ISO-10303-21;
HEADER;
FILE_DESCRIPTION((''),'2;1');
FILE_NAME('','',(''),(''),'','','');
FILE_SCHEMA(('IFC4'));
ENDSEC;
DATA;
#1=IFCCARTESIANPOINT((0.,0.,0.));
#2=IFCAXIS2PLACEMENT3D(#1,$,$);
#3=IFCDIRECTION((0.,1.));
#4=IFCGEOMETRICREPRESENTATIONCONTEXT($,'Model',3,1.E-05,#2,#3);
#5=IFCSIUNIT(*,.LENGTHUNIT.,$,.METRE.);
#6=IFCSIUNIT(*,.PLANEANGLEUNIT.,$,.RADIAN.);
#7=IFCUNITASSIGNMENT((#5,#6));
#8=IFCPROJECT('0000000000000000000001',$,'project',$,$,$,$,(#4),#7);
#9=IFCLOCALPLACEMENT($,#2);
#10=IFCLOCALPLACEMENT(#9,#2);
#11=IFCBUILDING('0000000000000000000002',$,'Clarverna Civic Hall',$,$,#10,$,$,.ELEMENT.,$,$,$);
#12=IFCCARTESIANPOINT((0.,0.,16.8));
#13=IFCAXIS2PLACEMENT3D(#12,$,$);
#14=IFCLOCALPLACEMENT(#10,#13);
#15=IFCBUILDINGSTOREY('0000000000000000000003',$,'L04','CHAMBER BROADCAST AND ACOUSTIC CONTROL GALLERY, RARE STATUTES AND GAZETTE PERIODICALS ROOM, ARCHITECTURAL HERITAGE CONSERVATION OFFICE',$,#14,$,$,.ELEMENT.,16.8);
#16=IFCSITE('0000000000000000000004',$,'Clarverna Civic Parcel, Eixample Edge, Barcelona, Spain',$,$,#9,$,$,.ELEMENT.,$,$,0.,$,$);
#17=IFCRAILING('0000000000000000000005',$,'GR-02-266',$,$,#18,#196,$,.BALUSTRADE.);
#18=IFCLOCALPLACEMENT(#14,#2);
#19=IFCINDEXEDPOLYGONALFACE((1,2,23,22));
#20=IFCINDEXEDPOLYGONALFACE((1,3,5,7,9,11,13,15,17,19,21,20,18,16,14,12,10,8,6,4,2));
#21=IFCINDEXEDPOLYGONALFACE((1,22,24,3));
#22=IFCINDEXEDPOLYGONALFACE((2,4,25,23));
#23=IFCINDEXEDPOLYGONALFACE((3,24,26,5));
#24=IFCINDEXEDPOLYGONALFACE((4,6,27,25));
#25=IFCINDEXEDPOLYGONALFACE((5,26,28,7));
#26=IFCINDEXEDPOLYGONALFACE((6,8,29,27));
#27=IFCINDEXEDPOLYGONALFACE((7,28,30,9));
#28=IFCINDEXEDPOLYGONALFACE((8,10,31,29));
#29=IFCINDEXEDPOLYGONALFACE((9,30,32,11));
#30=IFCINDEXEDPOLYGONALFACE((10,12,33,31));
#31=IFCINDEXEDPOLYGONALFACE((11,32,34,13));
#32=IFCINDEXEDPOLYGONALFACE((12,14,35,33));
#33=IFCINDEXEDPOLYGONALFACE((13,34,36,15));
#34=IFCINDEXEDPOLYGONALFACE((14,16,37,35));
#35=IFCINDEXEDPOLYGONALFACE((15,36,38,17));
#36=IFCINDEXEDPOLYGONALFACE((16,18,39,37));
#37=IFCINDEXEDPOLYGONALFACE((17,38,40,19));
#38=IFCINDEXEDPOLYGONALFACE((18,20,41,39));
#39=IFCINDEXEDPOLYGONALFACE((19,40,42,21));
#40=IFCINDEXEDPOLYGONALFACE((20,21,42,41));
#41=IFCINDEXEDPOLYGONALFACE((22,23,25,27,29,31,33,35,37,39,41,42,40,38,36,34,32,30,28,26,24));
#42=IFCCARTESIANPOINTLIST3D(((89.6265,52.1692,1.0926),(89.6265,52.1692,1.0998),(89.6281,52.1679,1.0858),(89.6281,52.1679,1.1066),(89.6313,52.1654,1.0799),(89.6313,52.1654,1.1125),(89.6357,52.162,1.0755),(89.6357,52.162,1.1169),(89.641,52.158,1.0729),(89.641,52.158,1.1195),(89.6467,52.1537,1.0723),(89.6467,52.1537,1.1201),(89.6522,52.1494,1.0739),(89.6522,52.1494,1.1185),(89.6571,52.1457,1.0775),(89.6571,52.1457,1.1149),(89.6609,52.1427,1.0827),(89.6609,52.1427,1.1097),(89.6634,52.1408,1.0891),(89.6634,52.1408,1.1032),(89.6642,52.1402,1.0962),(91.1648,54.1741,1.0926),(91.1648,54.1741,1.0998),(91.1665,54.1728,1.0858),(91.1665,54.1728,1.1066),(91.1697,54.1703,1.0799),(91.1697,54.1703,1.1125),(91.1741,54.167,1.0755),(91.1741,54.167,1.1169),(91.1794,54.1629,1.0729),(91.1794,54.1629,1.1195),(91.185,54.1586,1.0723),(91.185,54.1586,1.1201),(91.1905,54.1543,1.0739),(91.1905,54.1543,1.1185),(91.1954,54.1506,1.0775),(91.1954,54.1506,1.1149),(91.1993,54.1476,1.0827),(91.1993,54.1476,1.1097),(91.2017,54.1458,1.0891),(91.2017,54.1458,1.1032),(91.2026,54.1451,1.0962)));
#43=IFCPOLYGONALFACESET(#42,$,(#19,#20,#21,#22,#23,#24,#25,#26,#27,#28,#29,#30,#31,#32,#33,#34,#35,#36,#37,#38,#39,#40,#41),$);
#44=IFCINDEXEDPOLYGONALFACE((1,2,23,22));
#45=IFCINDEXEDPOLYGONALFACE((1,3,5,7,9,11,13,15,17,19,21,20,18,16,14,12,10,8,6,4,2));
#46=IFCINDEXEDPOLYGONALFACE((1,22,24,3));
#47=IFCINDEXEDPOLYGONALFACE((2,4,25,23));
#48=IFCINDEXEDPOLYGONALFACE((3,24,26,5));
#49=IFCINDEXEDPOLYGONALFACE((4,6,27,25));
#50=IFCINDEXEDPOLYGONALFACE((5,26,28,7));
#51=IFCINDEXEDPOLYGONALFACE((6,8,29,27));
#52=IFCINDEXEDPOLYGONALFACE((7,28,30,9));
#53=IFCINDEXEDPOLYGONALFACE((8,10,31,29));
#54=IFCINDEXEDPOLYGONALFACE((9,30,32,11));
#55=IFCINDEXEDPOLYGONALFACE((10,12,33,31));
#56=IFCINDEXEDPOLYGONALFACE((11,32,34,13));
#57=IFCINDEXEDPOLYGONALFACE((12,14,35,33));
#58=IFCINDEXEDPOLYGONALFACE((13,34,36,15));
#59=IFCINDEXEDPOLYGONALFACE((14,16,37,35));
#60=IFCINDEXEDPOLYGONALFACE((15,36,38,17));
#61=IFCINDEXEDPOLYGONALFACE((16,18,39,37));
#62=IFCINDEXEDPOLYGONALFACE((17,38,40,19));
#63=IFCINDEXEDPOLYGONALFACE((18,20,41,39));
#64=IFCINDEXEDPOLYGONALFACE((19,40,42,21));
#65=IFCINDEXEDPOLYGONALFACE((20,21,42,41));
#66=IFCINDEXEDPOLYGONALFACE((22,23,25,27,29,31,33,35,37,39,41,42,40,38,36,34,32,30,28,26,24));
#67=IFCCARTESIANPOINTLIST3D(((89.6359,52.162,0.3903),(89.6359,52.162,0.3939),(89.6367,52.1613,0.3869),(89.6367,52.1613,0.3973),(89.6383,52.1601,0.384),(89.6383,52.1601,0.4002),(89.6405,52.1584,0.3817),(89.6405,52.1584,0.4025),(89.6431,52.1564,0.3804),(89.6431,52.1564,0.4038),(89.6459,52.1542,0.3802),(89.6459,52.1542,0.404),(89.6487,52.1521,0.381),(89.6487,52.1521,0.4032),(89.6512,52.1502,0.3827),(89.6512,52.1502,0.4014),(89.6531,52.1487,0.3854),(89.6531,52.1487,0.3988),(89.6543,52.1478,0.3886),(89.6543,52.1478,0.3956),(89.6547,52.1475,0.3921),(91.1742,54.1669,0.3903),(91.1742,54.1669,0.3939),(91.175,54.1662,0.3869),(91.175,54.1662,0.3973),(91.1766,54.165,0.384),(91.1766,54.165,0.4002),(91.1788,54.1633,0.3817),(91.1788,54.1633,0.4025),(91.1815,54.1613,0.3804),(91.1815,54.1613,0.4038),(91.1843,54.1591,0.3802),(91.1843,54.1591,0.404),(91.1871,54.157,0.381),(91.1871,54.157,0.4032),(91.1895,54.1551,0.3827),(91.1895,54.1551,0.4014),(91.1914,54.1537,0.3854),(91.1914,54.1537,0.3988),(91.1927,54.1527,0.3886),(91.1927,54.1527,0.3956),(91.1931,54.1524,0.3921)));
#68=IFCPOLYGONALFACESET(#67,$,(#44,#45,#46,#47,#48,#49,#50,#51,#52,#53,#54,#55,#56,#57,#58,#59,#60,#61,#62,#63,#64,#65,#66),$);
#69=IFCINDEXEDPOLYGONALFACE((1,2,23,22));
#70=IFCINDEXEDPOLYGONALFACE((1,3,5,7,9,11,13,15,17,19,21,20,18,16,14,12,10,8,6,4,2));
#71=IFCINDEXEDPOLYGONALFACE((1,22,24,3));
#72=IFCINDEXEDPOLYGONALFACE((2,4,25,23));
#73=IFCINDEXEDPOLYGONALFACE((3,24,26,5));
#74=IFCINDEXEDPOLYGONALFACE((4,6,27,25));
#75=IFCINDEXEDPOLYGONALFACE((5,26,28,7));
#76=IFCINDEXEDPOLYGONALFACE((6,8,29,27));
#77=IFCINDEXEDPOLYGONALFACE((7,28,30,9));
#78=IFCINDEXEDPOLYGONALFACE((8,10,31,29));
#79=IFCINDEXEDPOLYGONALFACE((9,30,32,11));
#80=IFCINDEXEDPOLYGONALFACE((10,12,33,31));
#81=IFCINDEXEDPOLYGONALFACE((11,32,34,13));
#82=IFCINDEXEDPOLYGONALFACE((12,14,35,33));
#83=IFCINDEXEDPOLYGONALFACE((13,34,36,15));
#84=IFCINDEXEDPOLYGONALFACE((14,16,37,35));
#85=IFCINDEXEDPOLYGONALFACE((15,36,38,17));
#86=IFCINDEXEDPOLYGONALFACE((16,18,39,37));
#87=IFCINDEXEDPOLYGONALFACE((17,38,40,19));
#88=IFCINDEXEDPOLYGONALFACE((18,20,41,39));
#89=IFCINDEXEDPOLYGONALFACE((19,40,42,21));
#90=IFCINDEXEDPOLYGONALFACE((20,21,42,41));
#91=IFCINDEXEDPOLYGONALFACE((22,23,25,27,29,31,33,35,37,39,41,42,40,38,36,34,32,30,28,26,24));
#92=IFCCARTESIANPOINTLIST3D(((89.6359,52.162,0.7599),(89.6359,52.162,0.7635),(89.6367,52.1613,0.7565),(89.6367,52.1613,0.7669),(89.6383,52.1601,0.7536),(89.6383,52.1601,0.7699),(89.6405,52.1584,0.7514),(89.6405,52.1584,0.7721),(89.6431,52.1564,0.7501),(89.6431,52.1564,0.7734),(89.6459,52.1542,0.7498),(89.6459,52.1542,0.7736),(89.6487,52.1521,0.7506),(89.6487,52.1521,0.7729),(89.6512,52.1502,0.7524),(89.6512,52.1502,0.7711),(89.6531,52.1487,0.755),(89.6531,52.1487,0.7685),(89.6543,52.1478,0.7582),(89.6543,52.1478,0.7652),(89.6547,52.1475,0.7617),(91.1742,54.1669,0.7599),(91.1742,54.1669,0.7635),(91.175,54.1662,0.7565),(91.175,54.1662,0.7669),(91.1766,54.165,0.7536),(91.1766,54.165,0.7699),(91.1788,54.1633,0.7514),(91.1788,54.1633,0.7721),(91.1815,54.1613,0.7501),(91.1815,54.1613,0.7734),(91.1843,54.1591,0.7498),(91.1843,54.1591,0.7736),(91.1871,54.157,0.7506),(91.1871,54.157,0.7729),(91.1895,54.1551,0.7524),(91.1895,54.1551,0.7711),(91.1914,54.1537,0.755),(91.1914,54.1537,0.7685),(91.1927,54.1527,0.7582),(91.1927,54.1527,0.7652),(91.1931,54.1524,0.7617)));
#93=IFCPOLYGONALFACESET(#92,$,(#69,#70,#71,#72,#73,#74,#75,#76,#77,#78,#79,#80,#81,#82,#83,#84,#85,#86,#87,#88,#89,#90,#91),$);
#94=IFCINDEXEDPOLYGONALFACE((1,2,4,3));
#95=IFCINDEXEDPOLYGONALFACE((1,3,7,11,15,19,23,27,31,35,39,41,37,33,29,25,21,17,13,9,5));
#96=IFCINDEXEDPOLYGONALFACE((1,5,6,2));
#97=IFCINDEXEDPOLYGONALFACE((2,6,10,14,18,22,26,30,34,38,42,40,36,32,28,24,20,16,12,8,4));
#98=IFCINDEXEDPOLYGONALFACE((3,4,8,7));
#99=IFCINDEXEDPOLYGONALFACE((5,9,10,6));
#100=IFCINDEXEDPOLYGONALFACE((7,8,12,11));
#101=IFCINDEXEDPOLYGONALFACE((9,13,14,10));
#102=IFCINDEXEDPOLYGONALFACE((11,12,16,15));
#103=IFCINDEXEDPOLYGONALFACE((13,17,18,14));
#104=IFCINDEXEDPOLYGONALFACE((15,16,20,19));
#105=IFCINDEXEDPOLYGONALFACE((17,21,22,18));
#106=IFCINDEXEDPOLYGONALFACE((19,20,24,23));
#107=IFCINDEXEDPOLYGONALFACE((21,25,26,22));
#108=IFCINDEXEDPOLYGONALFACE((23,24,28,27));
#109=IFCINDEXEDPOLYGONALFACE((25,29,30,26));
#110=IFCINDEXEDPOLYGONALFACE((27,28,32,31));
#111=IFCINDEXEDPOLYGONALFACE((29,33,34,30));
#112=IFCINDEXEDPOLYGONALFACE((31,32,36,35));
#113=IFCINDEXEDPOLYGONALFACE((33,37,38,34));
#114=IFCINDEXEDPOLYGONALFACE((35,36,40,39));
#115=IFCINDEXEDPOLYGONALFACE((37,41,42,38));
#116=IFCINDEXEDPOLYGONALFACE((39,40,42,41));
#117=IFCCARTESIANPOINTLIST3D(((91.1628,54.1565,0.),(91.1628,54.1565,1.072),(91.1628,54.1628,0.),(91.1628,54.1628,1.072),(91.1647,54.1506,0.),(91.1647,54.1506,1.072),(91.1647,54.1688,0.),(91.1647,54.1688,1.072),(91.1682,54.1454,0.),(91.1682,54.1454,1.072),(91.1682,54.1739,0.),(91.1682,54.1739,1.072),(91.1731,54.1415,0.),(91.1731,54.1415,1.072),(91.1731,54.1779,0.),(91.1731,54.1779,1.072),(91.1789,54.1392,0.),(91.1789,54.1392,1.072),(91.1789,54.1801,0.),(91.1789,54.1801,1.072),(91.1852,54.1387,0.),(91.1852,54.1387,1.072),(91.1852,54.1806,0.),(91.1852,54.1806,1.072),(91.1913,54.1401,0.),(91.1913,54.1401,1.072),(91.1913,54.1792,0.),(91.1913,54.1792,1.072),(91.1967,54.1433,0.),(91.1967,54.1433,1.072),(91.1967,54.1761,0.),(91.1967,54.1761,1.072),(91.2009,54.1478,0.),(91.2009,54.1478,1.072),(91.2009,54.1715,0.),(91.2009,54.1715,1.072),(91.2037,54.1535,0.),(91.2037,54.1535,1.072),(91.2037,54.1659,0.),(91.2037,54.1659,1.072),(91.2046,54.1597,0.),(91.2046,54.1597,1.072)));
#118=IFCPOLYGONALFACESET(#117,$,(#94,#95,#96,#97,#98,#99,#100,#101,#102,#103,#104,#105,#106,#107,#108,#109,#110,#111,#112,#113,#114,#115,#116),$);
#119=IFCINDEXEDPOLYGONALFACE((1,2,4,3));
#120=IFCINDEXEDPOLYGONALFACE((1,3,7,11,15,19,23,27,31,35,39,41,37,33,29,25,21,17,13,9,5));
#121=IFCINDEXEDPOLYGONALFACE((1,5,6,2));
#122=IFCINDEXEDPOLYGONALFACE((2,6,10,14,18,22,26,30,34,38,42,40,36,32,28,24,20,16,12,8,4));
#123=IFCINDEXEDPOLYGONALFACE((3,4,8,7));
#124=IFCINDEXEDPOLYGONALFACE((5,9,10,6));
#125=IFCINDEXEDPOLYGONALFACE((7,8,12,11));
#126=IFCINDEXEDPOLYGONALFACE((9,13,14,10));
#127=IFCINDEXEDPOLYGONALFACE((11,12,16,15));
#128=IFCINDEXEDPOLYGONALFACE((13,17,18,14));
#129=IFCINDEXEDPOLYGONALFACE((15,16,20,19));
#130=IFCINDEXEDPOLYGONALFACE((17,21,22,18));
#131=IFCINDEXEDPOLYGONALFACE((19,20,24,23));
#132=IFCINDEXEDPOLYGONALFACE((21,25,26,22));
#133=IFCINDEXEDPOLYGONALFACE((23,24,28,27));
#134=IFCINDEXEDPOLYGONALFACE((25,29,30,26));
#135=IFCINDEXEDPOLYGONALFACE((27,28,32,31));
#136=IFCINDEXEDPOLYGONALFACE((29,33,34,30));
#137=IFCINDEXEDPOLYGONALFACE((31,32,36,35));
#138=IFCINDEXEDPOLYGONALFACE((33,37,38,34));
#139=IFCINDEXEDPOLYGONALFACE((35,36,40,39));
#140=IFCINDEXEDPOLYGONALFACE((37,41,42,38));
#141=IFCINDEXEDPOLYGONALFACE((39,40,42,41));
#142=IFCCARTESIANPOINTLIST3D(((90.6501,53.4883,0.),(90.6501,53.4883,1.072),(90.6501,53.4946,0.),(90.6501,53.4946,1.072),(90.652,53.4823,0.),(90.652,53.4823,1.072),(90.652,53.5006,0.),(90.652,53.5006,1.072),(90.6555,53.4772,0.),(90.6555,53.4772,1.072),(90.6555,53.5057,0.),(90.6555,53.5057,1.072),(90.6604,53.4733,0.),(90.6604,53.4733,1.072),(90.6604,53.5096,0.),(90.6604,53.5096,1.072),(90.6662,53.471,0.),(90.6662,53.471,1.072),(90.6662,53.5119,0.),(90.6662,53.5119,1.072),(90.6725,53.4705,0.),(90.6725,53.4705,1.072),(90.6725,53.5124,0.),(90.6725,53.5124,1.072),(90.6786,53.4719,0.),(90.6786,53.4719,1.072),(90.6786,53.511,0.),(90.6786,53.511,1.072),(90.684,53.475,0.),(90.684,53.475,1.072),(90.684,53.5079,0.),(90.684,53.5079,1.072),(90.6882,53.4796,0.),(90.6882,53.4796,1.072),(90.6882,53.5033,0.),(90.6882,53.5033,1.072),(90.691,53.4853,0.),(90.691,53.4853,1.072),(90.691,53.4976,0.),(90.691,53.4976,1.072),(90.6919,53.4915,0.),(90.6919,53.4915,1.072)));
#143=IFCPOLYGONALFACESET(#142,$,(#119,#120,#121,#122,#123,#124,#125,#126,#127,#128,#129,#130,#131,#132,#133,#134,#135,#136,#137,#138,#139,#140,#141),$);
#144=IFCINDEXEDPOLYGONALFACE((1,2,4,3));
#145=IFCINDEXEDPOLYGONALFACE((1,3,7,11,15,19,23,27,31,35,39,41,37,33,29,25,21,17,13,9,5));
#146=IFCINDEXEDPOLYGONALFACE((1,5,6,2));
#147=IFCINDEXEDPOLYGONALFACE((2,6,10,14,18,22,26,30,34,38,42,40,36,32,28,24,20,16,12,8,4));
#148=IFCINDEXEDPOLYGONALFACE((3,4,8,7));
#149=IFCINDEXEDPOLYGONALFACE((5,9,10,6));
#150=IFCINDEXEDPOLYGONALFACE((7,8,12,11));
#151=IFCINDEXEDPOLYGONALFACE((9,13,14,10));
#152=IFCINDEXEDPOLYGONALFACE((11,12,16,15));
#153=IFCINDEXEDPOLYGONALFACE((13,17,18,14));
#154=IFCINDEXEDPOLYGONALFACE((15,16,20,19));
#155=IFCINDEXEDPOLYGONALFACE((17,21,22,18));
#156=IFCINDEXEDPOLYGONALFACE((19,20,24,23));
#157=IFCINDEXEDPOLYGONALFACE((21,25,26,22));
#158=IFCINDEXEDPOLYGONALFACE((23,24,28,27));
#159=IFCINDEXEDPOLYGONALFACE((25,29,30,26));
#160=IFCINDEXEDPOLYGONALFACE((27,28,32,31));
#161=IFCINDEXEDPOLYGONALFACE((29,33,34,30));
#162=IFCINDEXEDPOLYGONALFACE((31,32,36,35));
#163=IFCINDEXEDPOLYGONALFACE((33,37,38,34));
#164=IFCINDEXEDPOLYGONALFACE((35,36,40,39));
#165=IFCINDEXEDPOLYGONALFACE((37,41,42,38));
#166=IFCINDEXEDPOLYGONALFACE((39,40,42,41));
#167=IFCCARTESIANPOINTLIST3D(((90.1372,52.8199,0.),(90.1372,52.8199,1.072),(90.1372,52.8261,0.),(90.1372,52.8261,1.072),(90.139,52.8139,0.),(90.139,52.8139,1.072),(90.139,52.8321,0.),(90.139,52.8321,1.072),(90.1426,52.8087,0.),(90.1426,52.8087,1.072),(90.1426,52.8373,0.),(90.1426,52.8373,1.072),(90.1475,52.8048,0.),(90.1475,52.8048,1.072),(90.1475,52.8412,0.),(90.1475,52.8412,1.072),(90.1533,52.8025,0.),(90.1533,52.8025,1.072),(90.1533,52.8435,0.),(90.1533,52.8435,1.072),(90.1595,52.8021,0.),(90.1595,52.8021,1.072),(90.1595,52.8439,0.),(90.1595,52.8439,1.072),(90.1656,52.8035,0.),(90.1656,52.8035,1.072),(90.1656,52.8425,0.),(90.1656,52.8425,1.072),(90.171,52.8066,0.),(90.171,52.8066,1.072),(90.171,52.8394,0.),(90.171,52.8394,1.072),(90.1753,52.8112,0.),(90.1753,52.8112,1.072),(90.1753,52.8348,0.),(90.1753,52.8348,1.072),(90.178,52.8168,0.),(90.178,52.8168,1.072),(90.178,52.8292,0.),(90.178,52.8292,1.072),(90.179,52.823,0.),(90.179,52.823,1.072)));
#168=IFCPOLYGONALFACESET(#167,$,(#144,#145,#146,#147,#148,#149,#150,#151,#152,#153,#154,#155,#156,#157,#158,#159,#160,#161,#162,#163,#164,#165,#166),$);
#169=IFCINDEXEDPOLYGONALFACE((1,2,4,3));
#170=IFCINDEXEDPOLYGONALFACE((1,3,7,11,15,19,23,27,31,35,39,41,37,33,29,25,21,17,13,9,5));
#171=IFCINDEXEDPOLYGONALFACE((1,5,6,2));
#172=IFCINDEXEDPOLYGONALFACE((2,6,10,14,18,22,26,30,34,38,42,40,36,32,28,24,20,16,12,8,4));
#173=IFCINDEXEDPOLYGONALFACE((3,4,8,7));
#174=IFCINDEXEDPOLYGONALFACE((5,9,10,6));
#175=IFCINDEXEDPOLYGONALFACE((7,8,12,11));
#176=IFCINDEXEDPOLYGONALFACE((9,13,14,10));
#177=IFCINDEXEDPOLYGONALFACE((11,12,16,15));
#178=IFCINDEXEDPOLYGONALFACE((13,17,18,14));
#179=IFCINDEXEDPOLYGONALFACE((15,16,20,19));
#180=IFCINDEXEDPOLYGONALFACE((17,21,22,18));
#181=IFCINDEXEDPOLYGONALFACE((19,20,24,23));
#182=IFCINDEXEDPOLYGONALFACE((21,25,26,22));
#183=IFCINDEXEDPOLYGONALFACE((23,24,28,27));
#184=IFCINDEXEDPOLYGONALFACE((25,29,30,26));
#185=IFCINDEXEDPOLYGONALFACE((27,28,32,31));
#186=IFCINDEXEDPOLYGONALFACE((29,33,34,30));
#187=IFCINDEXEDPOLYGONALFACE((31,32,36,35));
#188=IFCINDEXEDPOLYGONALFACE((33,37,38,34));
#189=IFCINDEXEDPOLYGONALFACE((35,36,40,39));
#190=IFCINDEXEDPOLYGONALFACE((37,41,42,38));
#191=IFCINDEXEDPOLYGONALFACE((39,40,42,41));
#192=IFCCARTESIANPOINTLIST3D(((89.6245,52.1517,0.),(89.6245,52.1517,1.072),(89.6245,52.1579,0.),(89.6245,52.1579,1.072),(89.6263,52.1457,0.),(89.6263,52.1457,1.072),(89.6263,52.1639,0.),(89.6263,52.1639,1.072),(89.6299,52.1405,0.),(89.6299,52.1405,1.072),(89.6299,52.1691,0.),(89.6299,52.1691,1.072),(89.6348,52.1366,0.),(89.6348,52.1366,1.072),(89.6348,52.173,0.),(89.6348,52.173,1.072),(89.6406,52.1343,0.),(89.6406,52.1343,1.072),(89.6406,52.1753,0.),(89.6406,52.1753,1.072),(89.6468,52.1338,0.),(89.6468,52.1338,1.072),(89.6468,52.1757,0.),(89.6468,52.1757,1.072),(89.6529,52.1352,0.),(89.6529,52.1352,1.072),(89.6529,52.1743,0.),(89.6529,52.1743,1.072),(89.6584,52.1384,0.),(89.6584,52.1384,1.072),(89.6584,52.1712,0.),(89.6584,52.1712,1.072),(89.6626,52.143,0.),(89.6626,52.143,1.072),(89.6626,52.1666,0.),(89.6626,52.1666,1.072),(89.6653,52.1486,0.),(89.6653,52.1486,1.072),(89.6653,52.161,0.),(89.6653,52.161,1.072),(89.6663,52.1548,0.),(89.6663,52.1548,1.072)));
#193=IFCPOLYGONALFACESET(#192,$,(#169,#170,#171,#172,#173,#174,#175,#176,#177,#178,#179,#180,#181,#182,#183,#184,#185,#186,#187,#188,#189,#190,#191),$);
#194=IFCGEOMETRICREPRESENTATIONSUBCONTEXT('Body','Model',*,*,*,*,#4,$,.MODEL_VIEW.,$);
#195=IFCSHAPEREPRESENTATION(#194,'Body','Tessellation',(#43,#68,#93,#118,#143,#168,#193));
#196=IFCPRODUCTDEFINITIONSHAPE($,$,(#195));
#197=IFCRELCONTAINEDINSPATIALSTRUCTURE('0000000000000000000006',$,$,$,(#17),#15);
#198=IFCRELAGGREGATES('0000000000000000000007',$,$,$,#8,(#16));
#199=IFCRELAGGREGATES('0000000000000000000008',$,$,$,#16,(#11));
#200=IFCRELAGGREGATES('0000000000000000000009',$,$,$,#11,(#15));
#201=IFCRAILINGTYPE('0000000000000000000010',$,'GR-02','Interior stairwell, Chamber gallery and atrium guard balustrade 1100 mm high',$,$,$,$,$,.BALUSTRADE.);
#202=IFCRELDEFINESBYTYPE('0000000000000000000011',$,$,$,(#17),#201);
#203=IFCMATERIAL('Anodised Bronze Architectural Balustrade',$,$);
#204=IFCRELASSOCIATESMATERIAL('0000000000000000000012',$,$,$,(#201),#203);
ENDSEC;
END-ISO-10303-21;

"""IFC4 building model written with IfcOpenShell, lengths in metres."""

from ifc_helpers import new_model, si_unit, direction, frame, origin, origin_2d, place, context, subcontext, project, spatial, circle, extrude, material, type_object, element, save


model = new_model("IFC4")

# Units and contexts
model_context = context("Model", 3, precision=1e-05, world=origin(), true_north=direction((0.0, 1.0)))
body_context = subcontext(model_context, "Body", "Model", "MODEL_VIEW")
ifc_project = project(units=[si_unit("LENGTHUNIT", "METRE"), si_unit("PLANEANGLEUNIT", "RADIAN")], contexts=[model_context])

# Site, building, storey
site_placement = place(None, origin())
site = spatial("IfcSite", under=ifc_project, at=site_placement, Name="Clarverna Civic Parcel, Eixample Edge, Barcelona, Spain", CompositionType="ELEMENT", RefElevation=0.0)
building_placement = place(site_placement, origin())
building = spatial("IfcBuilding", under=site, at=building_placement, Name="Clarverna Civic Hall", CompositionType="ELEMENT")
storey_placement = place(building_placement, frame((0.0, 0.0, 16.8)))
storey = spatial("IfcBuildingStorey", under=building, at=storey_placement, Name="L04", Description="CHAMBER BROADCAST AND ACOUSTIC CONTROL GALLERY, RARE STATUTES AND GAZETTE PERIODICALS ROOM, ARCHITECTURAL HERITAGE CONSERVATION OFFICE", CompositionType="ELEMENT", Elevation=16.8)

# Railing
ifc_material_1 = material(Name="Anodised Bronze Architectural Balustrade")
railing_type = type_object("IfcRailingType", Name="GR-02", Description="Interior stairwell, Chamber gallery and atrium guard balustrade 1100 mm high", PredefinedType="BALUSTRADE", material=ifc_material_1)
railing_1_placement = place(storey_placement, frame((91.1836, 54.1597, 0.0)))
element("IfcRailing", 1, at=railing_1_placement, inside=storey, type_object=railing_type, Name="GR-02-266", PredefinedType="BALUSTRADE", context=body_context, shape_type="SweptSolid", body=[
    extrude(circle(Radius=0.0239, at=origin_2d()), frame((0.0, 0.0, 1.0962), z_axis=(-0.608744, -0.793367, 0.0), x_axis=(0.793367, -0.608744, 0.0)), (0.0, 0.0, 1.0), 2.5271),
    extrude(circle(Radius=0.012, at=origin_2d()), frame((0.0, 0.0, 0.3921), z_axis=(-0.608744, -0.793367, 0.0), x_axis=(0.793367, -0.608744, 0.0)), (0.0, 0.0, 1.0), 2.5271),
    extrude(circle(Radius=0.012, at=origin_2d()), frame((0.0, 0.0, 0.7617), z_axis=(-0.608744, -0.793367, 0.0), x_axis=(0.793367, -0.608744, 0.0)), (0.0, 0.0, 1.0), 2.5271),
    extrude(circle(Radius=0.021, at=origin_2d()), origin(), (0.0, 0.0, 1.0), 1.072),
    extrude(circle(Radius=0.021, at=origin_2d()), frame((-0.5127, -0.6682, 0.0)), (0.0, 0.0, 1.0), 1.072),
    extrude(circle(Radius=0.021, at=origin_2d()), frame((-1.0256, -1.3367, 0.0)), (0.0, 0.0, 1.0), 1.072),
    extrude(circle(Radius=0.021, at=origin_2d()), frame((-1.5383, -2.0049, 0.0)), (0.0, 0.0, 1.0), 1.072),
])

save(model, "model.ifc")
